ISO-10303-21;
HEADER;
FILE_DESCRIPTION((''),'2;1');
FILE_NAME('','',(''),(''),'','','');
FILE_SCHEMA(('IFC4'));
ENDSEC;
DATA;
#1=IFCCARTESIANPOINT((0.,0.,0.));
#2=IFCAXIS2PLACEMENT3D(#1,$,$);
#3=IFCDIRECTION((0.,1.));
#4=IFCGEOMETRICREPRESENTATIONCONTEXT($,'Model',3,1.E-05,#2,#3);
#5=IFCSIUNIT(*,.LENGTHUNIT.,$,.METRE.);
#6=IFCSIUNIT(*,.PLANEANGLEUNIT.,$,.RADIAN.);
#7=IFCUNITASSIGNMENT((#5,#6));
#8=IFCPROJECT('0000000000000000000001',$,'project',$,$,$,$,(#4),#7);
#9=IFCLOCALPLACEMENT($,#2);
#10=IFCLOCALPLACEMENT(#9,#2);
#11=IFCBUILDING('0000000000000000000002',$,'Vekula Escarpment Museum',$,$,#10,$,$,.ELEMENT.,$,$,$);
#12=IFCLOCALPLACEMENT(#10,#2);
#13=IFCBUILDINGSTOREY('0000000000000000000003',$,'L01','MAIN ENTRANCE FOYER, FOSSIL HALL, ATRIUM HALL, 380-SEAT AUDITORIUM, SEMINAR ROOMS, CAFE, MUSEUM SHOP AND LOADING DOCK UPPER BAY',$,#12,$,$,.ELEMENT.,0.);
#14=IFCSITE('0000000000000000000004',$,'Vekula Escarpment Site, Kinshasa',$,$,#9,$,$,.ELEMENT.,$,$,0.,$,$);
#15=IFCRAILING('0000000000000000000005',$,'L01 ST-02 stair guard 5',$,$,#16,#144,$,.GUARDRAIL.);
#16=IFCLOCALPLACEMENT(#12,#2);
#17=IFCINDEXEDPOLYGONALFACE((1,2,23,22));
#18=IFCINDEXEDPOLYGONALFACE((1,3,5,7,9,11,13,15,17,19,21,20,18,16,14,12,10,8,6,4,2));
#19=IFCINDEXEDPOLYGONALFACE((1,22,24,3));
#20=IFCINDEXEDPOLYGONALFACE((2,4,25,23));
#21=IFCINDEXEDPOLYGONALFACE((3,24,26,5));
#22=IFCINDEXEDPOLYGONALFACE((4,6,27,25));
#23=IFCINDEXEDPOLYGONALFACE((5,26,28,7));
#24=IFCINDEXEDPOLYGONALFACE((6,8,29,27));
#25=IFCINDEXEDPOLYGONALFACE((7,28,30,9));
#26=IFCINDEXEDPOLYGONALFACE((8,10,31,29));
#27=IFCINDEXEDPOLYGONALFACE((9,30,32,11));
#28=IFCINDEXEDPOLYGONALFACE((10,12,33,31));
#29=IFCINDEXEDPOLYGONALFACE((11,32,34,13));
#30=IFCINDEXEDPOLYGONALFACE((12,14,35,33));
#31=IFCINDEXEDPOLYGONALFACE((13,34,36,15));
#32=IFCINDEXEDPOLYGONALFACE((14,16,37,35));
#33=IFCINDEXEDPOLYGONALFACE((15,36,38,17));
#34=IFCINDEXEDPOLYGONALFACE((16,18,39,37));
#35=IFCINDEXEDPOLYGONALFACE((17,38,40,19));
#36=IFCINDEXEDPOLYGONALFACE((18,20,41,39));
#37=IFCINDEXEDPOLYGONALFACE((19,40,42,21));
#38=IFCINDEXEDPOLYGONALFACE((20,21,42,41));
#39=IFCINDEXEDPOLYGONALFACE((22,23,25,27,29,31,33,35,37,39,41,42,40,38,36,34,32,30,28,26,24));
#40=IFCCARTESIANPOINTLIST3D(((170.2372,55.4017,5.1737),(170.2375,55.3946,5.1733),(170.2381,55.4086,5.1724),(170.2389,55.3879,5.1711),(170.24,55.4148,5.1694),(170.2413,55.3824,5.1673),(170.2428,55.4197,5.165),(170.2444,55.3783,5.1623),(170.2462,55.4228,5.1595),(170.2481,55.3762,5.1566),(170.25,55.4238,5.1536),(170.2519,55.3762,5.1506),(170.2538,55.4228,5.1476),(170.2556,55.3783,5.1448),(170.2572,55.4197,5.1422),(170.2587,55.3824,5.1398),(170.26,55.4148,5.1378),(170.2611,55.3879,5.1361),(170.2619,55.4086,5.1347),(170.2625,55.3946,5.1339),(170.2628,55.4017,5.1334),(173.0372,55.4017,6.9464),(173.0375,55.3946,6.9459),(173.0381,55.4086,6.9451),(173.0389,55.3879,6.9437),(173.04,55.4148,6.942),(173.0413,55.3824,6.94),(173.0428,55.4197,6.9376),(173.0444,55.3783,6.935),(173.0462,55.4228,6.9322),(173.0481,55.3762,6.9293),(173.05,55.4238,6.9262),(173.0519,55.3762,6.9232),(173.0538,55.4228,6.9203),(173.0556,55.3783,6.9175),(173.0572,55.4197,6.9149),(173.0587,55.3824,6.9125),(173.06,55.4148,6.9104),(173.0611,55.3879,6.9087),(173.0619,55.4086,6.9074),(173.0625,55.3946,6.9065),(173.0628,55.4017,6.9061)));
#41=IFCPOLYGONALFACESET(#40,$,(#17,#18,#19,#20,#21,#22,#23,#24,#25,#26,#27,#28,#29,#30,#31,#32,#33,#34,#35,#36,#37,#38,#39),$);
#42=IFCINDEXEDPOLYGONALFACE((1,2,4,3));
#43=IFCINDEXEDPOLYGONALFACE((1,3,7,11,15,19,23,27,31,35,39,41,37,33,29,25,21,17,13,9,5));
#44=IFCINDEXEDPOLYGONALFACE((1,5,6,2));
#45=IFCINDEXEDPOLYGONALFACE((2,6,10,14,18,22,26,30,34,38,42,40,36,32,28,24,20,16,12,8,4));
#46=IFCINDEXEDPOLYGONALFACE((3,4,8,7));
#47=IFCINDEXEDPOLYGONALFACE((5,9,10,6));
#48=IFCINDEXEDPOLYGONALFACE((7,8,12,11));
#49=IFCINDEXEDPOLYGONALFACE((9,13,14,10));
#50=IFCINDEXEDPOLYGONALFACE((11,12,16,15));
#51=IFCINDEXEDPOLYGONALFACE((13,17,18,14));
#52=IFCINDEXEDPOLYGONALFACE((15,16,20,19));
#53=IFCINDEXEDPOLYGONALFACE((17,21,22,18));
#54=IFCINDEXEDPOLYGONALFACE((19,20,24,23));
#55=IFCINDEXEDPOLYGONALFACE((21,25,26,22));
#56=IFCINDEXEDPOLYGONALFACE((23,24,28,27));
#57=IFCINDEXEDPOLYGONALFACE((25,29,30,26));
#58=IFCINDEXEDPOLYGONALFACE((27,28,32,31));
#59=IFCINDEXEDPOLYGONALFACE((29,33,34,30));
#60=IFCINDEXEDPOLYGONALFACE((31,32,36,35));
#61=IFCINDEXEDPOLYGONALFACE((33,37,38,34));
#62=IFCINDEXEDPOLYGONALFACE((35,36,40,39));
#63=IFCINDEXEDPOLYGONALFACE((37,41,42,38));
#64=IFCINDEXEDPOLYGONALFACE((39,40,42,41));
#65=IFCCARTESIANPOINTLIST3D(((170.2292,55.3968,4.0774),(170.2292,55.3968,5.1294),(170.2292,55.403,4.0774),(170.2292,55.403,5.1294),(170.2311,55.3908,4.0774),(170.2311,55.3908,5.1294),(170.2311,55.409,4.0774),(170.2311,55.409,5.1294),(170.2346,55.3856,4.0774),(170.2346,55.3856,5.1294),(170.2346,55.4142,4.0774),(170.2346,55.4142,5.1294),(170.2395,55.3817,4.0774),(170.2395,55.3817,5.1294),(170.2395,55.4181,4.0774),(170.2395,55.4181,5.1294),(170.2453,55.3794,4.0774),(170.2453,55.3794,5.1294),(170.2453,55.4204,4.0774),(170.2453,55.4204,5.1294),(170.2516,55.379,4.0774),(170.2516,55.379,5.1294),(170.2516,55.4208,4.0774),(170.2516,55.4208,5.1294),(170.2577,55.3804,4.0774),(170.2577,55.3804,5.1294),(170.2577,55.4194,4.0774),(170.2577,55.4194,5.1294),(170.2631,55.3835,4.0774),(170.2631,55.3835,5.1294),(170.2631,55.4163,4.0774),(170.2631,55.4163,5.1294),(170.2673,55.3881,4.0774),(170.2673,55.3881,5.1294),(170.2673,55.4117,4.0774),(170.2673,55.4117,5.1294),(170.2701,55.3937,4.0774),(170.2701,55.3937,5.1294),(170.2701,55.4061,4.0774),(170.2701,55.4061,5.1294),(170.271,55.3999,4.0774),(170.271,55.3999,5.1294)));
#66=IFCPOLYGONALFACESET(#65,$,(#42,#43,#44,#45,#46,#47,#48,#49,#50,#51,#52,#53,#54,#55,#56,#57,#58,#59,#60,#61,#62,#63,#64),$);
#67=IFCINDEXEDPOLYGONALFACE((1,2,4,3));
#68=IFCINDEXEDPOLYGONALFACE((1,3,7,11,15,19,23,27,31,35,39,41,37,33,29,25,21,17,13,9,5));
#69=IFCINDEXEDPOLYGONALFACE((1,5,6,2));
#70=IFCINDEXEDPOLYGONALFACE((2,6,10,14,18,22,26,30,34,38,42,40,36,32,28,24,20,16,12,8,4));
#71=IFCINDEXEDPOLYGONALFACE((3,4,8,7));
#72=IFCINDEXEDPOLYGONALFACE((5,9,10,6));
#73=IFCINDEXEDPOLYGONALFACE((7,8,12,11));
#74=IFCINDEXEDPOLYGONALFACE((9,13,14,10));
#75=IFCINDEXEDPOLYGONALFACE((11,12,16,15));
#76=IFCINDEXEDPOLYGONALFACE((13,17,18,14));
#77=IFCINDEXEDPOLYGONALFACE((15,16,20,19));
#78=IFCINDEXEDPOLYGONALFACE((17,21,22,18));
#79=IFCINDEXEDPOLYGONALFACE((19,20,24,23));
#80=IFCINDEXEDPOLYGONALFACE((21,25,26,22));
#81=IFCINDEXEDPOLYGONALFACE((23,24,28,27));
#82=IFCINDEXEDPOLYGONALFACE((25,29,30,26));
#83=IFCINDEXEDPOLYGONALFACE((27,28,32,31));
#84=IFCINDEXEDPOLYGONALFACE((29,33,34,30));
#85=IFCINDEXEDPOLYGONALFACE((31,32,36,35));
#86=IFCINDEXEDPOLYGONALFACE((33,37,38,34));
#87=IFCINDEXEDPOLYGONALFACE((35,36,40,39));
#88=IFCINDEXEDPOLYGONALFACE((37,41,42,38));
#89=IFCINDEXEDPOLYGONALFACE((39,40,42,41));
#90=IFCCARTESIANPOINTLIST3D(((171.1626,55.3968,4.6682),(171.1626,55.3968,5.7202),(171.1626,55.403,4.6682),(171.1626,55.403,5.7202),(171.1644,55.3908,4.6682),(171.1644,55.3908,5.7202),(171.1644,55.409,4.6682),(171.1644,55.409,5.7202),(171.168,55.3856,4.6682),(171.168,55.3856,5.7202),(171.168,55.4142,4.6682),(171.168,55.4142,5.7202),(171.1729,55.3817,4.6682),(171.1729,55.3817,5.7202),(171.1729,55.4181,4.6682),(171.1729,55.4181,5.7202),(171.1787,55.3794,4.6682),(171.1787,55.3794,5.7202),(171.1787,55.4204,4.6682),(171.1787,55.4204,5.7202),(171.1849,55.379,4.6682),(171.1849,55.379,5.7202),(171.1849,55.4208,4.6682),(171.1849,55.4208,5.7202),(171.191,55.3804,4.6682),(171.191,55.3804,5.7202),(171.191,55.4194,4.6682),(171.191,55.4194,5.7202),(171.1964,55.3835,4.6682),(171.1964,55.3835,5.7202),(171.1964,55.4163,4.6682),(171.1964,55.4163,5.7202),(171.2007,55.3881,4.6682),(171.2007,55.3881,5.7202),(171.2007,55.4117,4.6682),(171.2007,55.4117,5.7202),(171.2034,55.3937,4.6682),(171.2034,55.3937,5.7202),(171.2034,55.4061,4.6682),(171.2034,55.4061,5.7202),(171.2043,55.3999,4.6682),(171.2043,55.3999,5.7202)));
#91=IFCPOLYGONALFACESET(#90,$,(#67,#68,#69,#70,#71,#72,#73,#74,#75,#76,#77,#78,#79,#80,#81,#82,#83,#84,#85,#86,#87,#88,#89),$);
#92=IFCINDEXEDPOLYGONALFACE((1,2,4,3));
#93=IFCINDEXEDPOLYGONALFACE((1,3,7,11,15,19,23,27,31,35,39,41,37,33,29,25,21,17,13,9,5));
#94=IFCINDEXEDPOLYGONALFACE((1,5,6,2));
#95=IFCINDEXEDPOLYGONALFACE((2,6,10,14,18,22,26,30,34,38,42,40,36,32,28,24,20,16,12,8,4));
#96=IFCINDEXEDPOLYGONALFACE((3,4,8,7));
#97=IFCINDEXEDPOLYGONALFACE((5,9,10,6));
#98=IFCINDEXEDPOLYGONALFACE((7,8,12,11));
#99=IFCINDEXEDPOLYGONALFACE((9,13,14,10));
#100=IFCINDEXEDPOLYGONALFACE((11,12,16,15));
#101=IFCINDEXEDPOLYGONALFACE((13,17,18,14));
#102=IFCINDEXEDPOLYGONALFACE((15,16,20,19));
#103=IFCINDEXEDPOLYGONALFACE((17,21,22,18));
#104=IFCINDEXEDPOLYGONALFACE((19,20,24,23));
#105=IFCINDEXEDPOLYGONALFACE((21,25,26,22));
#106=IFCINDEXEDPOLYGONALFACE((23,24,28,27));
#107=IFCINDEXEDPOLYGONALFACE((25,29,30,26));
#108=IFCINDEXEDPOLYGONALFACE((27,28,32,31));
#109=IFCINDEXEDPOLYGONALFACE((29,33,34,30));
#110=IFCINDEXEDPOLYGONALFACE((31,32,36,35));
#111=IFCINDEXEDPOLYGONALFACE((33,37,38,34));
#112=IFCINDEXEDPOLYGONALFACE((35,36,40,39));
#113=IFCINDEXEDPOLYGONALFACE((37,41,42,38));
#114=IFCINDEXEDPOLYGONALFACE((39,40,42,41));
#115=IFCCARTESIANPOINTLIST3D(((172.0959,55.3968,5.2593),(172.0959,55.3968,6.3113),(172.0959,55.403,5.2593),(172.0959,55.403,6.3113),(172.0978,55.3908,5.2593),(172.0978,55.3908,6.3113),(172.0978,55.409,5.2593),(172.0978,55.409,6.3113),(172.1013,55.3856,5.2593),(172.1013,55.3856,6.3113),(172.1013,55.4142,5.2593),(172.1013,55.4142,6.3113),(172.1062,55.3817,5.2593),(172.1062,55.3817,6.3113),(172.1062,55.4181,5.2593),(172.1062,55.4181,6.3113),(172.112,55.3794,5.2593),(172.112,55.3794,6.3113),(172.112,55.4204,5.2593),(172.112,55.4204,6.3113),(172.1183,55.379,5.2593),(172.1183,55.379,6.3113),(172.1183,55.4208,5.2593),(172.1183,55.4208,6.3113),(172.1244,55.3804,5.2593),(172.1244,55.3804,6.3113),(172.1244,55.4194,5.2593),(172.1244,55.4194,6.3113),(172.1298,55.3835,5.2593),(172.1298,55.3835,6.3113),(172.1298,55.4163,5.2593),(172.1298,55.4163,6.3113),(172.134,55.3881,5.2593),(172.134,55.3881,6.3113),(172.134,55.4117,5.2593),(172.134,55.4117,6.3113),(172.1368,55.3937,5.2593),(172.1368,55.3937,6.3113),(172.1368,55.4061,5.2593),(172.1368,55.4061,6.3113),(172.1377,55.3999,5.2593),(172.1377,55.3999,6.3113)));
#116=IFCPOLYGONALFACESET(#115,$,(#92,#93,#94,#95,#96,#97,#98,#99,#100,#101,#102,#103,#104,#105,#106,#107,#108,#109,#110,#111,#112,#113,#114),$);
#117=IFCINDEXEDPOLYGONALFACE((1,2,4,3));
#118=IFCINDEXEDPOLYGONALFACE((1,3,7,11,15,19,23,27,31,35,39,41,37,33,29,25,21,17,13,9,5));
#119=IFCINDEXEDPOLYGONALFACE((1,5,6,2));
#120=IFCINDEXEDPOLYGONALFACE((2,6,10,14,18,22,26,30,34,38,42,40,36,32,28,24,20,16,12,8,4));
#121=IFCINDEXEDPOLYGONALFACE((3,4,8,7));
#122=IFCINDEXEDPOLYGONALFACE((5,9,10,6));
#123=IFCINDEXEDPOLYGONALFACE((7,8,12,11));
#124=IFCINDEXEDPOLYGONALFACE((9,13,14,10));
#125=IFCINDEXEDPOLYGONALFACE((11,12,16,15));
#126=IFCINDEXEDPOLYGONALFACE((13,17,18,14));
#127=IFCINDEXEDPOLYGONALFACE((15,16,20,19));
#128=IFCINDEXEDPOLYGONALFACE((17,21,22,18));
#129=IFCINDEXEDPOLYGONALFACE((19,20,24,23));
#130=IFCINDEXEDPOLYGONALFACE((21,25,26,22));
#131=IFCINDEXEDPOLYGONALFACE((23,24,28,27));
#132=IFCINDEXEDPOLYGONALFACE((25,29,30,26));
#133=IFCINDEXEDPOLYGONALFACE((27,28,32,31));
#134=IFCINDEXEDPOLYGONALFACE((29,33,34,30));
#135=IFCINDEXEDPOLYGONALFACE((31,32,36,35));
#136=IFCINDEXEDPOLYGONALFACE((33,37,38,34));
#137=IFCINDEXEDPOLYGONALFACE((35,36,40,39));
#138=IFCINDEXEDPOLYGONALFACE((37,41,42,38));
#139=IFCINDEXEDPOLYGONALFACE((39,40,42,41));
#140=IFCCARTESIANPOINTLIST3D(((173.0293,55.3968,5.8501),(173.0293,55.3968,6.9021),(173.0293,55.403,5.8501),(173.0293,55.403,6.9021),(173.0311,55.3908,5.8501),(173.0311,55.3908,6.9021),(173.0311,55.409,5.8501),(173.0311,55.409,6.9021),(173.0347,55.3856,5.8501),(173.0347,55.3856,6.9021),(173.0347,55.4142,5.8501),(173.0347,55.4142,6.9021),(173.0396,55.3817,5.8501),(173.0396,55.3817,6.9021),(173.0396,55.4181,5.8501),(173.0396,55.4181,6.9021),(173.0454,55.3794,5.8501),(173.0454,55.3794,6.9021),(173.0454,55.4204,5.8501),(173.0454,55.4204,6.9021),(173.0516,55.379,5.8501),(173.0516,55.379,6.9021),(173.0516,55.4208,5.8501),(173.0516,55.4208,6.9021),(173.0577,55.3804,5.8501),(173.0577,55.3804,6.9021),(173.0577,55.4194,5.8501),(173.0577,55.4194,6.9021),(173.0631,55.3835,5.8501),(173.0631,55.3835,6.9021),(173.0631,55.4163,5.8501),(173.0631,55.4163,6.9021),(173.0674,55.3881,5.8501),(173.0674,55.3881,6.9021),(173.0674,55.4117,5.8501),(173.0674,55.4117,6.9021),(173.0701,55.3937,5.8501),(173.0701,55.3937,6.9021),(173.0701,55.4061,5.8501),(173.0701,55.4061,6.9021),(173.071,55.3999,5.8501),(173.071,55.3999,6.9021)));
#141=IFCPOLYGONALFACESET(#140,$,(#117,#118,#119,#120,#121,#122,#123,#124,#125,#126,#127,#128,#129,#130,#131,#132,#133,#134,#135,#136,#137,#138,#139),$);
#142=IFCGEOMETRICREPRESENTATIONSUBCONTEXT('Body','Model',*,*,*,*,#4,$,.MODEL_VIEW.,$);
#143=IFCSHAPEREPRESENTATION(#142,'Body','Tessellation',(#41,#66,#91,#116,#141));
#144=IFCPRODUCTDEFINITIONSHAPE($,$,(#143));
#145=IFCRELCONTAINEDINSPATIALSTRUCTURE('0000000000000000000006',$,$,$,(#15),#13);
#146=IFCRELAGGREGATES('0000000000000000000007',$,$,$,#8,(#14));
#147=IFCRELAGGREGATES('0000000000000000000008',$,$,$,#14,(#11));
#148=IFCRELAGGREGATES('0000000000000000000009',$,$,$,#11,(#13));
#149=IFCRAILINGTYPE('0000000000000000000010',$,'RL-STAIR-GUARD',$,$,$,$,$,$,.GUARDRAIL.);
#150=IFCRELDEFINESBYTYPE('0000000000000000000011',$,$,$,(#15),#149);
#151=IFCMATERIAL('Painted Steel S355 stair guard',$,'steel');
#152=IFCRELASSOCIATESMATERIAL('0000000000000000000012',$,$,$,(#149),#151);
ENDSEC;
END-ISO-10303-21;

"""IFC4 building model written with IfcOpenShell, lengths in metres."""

from ifc_helpers import new_model, si_unit, direction, frame, origin, origin_2d, place, context, subcontext, project, spatial, circle, extrude, material, type_object, element, save


model = new_model("IFC4")

# Units and contexts
model_context = context("Model", 3, precision=1e-05, world=origin(), true_north=direction((0.0, 1.0)))
body_context = subcontext(model_context, "Body", "Model", "MODEL_VIEW")
ifc_project = project(units=[si_unit("LENGTHUNIT", "METRE"), si_unit("PLANEANGLEUNIT", "RADIAN")], contexts=[model_context])

# Site, building, storey
site_placement = place(None, origin())
site = spatial("IfcSite", under=ifc_project, at=site_placement, Name="Vekula Escarpment Site, Kinshasa", CompositionType="ELEMENT", RefElevation=0.0)
building_placement = place(site_placement, origin())
building = spatial("IfcBuilding", under=site, at=building_placement, Name="Vekula Escarpment Museum", CompositionType="ELEMENT")
storey_placement = place(building_placement, origin())
storey = spatial("IfcBuildingStorey", under=building, at=storey_placement, Name="L01", Description="MAIN ENTRANCE FOYER, FOSSIL HALL, ATRIUM HALL, 380-SEAT AUDITORIUM, SEMINAR ROOMS, CAFE, MUSEUM SHOP AND LOADING DOCK UPPER BAY", CompositionType="ELEMENT", Elevation=0.0)

# Railing
ifc_material_1 = material(Name="Painted Steel S355 stair guard", Category="steel")
railing_type_1 = type_object("IfcRailingType", Name="RL-STAIR-GUARD", PredefinedType="GUARDRAIL", material=ifc_material_1)
railing_1_placement = place(storey_placement, frame((170.25, 55.3999, 4.0774)))
element("IfcRailing", 1, at=railing_1_placement, inside=storey, type_object=railing_type_1, Name="L01 ST-02 stair guard 5", PredefinedType="GUARDRAIL", context=body_context, shape_type="SweptSolid", body=[
    extrude(circle(Radius=0.0239, at=origin_2d()), frame((0.0, 0.0, 1.0762), z_axis=(0.844909, 0.0, 0.53491), x_axis=(0.0, 1.0, 0.0)), (0.0, 0.0, 1.0), 3.314),
    extrude(circle(Radius=0.021, at=origin_2d()), origin(), (0.0, 0.0, 1.0), 1.052),
    extrude(circle(Radius=0.021, at=origin_2d()), frame((0.9333, 0.0, 0.5908)), (0.0, 0.0, 1.0), 1.052),
    extrude(circle(Radius=0.021, at=origin_2d()), frame((1.8667, 0.0, 1.1819)), (0.0, 0.0, 1.0), 1.052),
    extrude(circle(Radius=0.021, at=origin_2d()), frame((2.8, 0.0, 1.7727)), (0.0, 0.0, 1.0), 1.052),
])

save(model, "model.ifc")
